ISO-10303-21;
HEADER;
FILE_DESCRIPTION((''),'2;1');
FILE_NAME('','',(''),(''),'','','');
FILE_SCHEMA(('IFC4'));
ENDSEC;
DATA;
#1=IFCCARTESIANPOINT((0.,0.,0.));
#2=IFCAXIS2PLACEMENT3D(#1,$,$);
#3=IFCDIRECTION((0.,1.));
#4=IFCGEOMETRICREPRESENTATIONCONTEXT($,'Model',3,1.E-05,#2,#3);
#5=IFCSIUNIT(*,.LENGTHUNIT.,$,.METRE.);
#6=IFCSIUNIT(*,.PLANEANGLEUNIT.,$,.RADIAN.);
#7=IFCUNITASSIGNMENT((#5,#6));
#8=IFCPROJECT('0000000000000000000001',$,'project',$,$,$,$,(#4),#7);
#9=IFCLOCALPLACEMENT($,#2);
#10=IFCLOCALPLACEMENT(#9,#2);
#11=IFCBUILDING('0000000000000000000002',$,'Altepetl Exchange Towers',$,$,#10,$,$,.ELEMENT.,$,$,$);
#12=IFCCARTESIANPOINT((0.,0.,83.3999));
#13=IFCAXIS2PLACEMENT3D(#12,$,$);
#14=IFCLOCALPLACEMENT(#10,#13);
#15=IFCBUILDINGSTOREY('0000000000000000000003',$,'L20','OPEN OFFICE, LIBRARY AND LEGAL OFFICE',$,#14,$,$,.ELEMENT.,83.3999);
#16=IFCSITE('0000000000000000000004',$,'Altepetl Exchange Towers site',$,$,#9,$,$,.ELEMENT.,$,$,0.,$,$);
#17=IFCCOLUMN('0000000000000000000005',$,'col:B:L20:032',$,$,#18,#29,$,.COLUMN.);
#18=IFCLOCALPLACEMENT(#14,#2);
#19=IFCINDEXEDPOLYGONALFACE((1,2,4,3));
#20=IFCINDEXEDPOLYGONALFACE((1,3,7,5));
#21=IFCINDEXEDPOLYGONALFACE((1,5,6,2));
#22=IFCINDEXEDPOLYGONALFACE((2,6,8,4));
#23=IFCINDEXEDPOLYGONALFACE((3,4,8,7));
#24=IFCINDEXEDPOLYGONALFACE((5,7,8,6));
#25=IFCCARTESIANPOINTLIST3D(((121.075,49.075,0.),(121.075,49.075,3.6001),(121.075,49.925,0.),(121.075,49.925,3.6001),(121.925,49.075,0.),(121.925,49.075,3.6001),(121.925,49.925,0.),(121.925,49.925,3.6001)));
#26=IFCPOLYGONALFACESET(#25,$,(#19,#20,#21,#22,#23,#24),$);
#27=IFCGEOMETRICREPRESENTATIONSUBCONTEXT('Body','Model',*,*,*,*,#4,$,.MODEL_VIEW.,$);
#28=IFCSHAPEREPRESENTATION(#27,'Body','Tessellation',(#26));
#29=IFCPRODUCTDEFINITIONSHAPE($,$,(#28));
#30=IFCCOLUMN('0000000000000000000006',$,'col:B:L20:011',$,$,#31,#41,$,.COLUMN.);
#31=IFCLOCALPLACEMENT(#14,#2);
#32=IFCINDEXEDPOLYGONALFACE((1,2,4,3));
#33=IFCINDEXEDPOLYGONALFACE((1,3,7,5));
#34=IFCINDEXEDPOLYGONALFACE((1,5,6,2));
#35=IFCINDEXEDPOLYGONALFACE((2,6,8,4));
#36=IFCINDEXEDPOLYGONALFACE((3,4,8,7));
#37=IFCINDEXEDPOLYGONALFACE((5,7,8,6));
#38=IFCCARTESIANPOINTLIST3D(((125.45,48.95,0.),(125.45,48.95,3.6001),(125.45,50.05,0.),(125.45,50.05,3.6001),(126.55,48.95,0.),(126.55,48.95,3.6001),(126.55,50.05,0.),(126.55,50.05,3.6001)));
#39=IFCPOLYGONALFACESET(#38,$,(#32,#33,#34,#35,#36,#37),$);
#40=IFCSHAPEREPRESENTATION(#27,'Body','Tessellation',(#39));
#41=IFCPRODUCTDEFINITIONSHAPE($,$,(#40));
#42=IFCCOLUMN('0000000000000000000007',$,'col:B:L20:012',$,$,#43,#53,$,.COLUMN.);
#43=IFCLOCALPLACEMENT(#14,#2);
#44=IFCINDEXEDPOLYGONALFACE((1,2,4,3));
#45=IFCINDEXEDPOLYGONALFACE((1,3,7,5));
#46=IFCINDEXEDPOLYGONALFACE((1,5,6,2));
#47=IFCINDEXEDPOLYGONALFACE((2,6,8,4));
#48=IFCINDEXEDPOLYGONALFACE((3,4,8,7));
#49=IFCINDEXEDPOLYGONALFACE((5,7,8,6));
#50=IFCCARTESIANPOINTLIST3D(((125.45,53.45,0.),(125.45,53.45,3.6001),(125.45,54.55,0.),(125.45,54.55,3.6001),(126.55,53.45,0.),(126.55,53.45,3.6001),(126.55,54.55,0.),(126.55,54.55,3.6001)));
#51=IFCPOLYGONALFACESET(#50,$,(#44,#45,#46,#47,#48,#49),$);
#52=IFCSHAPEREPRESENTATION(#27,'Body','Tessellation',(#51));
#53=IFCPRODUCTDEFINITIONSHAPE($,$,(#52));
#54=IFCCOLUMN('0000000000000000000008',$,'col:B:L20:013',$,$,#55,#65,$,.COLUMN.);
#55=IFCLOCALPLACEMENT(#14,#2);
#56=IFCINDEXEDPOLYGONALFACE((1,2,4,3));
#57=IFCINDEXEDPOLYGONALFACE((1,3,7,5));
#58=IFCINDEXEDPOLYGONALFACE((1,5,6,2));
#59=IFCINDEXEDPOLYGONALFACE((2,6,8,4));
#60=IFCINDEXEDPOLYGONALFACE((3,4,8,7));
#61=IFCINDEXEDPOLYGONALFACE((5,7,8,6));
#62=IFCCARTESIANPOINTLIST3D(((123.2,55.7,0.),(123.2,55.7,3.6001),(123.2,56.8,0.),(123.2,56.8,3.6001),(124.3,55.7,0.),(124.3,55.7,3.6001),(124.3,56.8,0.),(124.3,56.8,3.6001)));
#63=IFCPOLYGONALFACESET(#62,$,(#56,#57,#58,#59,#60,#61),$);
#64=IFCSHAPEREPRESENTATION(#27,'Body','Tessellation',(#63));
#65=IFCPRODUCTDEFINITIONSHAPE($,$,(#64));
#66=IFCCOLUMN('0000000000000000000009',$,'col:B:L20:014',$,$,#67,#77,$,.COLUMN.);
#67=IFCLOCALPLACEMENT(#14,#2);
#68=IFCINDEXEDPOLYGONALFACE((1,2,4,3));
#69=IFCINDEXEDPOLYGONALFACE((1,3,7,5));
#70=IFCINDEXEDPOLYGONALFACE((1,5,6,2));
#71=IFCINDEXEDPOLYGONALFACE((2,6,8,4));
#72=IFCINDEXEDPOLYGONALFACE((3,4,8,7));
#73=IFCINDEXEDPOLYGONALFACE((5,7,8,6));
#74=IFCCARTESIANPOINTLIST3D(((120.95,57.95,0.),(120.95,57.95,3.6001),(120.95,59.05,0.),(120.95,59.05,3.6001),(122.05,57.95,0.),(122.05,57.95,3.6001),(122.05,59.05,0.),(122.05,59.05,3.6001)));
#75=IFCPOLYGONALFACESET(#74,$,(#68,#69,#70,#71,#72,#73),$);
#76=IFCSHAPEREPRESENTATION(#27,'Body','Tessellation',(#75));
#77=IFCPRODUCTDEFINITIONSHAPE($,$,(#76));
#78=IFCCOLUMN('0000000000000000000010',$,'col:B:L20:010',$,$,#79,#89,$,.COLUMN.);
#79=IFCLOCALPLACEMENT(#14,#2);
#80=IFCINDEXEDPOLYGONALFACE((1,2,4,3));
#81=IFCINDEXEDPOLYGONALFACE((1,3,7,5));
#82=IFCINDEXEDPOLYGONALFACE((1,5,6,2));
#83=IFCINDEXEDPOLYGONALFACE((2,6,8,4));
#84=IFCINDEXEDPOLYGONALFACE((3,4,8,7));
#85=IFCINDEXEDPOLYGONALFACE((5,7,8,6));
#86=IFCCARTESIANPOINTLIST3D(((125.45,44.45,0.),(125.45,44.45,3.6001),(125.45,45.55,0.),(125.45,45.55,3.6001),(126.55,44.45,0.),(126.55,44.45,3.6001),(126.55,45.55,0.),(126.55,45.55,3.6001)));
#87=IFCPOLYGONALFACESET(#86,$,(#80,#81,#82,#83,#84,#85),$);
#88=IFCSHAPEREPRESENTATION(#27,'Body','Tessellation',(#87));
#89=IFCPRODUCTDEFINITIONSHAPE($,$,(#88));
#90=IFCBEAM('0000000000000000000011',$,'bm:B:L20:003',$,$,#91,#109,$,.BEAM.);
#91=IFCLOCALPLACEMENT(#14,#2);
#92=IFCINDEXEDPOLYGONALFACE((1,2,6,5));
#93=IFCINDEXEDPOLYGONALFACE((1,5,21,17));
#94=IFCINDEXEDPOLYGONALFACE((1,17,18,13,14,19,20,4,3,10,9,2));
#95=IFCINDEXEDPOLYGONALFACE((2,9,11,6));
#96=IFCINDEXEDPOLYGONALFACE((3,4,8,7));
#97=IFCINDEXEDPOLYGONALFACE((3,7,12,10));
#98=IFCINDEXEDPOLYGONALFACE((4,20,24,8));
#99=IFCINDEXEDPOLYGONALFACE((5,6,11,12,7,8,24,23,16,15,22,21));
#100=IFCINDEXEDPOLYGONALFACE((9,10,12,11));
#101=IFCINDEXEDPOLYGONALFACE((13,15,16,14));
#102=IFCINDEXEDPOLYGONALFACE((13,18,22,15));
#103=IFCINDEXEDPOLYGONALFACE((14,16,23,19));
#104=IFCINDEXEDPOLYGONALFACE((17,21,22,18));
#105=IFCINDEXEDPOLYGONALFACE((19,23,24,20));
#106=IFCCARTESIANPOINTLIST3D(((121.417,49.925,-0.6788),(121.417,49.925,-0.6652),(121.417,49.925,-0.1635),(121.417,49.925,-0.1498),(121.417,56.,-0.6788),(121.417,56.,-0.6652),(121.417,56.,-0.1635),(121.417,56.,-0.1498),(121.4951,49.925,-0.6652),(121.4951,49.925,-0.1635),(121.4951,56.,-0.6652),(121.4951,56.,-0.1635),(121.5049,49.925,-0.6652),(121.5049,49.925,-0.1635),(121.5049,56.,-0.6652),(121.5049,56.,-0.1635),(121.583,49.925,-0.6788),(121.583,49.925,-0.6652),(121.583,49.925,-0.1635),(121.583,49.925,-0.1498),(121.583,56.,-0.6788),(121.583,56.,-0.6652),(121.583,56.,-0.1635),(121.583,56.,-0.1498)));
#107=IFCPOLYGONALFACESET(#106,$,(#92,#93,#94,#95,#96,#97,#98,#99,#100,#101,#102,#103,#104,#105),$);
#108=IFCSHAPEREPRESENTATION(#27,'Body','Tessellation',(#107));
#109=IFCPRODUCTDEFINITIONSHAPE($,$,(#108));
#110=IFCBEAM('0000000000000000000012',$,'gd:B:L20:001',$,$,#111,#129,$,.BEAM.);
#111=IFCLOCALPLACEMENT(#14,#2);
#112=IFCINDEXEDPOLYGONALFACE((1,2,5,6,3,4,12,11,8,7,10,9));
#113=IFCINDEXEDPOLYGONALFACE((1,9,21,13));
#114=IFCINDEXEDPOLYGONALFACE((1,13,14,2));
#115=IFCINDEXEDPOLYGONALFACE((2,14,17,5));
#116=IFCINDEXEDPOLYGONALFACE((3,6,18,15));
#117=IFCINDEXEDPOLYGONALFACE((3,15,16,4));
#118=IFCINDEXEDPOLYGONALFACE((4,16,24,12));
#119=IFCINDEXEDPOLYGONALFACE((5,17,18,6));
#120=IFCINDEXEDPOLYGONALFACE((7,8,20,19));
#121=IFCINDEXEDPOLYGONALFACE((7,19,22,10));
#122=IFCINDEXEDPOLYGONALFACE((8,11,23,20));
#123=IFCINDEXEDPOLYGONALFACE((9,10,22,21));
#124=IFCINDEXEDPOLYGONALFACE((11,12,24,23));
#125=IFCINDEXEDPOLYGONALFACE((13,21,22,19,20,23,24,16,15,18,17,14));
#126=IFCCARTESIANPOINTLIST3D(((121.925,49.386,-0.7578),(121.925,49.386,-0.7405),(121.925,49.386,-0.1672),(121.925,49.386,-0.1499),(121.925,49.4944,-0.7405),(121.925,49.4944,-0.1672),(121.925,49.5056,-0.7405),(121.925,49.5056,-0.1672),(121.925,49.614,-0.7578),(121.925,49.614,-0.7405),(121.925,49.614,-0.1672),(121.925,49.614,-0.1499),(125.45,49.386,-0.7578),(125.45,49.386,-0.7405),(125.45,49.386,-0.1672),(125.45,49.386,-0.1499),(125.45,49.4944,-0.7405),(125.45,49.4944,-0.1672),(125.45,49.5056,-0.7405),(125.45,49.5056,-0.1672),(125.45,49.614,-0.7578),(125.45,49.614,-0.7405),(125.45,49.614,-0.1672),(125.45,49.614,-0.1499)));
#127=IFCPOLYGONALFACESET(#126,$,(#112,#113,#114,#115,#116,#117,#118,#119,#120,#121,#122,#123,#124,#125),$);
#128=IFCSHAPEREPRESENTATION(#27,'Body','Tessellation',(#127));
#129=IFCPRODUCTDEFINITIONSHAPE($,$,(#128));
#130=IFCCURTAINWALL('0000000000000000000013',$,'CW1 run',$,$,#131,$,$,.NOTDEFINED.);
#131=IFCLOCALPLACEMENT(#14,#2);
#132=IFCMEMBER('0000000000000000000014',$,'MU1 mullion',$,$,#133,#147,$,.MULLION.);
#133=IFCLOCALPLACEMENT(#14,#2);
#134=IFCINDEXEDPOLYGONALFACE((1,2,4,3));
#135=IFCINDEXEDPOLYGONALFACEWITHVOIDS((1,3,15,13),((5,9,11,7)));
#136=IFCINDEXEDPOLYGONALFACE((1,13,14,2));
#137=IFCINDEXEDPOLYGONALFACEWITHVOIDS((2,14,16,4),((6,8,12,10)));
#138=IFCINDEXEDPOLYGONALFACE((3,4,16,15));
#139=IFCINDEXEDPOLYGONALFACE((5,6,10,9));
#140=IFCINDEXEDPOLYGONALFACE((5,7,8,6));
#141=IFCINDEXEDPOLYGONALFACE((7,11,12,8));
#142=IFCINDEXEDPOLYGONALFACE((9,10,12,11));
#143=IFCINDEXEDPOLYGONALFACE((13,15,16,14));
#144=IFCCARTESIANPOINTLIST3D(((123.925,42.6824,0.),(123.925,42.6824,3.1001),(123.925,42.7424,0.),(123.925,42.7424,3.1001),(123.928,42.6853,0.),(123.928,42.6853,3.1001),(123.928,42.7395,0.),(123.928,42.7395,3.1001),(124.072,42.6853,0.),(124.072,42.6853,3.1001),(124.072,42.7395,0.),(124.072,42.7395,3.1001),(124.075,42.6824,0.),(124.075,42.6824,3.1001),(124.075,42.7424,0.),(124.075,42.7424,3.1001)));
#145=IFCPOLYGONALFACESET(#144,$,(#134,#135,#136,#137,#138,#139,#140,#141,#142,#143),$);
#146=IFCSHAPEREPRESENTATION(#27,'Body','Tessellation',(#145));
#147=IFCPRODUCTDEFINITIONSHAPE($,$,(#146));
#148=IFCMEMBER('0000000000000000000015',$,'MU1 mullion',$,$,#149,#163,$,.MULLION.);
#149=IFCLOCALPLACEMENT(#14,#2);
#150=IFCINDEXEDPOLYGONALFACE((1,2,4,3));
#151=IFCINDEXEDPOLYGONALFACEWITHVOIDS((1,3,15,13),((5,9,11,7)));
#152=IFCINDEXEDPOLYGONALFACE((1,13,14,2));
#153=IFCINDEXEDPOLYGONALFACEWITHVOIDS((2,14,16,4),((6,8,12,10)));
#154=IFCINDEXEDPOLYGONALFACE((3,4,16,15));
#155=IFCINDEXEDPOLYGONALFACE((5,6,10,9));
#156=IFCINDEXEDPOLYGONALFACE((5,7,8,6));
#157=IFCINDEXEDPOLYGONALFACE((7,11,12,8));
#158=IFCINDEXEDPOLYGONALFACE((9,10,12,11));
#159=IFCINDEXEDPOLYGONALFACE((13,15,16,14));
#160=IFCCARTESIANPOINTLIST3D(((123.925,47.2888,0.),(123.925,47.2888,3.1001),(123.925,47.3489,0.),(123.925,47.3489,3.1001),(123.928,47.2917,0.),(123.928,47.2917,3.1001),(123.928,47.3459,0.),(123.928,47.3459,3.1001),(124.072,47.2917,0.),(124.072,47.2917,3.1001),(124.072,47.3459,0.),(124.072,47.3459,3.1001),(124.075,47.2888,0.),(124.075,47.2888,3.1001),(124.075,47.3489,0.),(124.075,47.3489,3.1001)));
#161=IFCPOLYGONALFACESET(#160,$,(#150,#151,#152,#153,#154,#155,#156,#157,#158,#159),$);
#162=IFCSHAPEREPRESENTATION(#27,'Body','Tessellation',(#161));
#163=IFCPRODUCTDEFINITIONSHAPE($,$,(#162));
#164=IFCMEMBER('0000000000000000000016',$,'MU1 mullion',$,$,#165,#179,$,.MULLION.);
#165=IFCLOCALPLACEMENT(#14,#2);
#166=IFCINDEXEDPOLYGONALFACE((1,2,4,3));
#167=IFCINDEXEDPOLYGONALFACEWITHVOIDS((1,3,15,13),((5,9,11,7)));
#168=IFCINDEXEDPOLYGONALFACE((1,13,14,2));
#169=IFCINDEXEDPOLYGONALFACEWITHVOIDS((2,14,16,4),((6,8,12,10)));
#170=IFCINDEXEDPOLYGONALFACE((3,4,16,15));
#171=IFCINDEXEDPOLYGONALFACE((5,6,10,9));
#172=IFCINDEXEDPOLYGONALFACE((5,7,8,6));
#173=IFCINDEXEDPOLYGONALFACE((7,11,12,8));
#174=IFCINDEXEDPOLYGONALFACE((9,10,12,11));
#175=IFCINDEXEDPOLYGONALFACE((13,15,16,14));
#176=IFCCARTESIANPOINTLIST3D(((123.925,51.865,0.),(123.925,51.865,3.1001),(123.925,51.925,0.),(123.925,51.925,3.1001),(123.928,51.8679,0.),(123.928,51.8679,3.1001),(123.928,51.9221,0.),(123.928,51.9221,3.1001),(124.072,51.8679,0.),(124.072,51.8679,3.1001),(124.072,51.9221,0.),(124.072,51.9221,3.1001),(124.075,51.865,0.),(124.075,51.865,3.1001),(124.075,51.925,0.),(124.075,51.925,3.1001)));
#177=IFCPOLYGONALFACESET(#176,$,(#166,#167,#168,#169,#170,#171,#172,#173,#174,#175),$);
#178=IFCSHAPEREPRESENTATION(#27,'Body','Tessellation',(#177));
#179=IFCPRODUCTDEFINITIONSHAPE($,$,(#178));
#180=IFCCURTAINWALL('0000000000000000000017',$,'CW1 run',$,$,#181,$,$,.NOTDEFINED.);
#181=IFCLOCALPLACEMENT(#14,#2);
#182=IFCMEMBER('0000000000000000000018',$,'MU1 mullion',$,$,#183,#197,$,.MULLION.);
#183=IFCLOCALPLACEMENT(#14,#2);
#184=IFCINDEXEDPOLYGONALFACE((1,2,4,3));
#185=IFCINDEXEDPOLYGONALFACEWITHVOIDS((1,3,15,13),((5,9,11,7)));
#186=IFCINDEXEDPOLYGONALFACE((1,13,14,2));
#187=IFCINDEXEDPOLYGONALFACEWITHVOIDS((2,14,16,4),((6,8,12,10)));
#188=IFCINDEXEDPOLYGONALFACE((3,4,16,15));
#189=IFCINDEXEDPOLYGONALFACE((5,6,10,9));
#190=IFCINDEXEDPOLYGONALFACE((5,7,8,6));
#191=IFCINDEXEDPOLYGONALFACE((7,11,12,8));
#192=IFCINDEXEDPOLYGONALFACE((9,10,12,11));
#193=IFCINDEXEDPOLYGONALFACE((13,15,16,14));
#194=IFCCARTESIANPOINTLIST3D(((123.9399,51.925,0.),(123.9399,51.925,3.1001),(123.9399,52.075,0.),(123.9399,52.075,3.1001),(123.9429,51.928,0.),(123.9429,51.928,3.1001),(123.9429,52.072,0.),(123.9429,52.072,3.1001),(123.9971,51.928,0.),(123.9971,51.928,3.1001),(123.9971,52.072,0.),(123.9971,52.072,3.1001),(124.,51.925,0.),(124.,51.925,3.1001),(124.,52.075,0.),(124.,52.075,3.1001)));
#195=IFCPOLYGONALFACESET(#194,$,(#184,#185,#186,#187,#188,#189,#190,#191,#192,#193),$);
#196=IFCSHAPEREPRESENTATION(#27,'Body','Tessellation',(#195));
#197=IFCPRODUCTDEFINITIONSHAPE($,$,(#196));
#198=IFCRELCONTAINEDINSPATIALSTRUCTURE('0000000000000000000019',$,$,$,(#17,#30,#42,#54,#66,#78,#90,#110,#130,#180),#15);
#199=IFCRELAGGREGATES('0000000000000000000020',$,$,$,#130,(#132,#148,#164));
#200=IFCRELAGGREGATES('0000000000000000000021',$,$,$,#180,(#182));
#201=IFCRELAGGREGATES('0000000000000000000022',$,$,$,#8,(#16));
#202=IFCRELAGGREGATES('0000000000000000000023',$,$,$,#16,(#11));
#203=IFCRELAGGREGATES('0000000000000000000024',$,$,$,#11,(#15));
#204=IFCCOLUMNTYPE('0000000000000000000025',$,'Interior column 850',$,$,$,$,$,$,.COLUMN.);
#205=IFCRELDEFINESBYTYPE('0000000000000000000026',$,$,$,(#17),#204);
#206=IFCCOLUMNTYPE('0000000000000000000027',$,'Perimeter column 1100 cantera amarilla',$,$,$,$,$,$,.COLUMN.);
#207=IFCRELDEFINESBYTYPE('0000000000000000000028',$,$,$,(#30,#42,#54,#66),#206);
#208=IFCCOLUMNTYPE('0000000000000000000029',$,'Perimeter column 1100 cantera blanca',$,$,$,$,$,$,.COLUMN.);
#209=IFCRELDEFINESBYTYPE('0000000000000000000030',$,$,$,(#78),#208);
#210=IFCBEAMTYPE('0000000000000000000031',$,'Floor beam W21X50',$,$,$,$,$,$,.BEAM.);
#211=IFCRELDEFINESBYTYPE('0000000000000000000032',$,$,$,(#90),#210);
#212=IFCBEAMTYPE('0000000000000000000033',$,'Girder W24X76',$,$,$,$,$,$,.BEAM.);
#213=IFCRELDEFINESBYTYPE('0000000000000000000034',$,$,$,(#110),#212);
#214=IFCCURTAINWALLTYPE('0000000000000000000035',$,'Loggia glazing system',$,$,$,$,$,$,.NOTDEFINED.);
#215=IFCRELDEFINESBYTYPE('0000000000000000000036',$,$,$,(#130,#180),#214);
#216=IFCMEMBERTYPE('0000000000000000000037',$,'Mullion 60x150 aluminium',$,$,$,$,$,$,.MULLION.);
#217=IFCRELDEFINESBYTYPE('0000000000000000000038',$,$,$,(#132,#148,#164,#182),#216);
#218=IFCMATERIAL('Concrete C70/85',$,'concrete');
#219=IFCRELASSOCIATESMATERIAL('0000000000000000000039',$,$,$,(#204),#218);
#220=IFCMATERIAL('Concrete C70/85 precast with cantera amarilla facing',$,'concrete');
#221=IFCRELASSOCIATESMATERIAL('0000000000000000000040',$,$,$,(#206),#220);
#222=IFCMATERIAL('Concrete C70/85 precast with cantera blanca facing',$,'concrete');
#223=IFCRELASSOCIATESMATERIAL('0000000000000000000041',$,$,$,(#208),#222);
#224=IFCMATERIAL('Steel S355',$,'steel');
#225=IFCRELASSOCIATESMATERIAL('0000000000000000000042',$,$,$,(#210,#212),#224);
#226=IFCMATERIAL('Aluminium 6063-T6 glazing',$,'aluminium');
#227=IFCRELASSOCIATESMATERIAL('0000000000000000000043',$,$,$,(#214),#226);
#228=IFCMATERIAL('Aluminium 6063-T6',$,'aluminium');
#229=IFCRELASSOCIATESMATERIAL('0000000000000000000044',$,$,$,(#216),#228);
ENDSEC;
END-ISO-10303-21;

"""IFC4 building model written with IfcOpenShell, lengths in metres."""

from ifc_helpers import new_model, si_unit, direction, frame, origin, origin_2d, place, context, subcontext, project, spatial, rectangle, hollow_rectangle, i_section, extrude, material, material_profile, profile_set, type_object, element, aggregate, save


model = new_model("IFC4")

# Units and contexts
model_context = context("Model", 3, precision=1e-05, world=origin(), true_north=direction((0.0, 1.0)))
body_context = subcontext(model_context, "Body", "Model", "MODEL_VIEW")
ifc_project = project(units=[si_unit("LENGTHUNIT", "METRE"), si_unit("PLANEANGLEUNIT", "RADIAN")], contexts=[model_context])

# Site, building, storey
site_placement = place(None, origin())
site = spatial("IfcSite", under=ifc_project, at=site_placement, Name="Altepetl Exchange Towers site", CompositionType="ELEMENT", RefElevation=0.0)
building_placement = place(site_placement, origin())
building = spatial("IfcBuilding", under=site, at=building_placement, Name="Altepetl Exchange Towers", CompositionType="ELEMENT")
storey_placement = place(building_placement, frame((0.0, 0.0, 83.3999)))
storey = spatial("IfcBuildingStorey", under=building, at=storey_placement, Name="L20", Description="OPEN OFFICE, LIBRARY AND LEGAL OFFICE", CompositionType="ELEMENT", Elevation=83.3999)

# Columns
ifc_material_1 = material(Name="Concrete C70/85", Category="concrete")
ifc_material_profile_1 = material_profile(ifc_material_1, rectangle(XDim=0.8501, YDim=0.8501, at=origin_2d()), Name="850 x 850")
ifc_profile_set_1 = profile_set([ifc_material_profile_1], Name="Concrete C70/85")
column_type_1 = type_object("IfcColumnType", Name="Interior column 850", PredefinedType="COLUMN", material=ifc_profile_set_1)
column_1_placement = place(storey_placement, frame((121.5, 49.5, 0.0)))
element("IfcColumn", 1, at=column_1_placement, inside=storey, type_object=column_type_1, Name="col:B:L20:032", PredefinedType="COLUMN", context=body_context, shape_type="SweptSolid", body=[
    extrude(rectangle(XDim=0.8501, YDim=0.8501, at=origin_2d()), origin(), (0.0, 0.0, 1.0), 3.6001),
])
ifc_material_2 = material(Name="Concrete C70/85 precast with cantera amarilla facing", Category="concrete")
ifc_material_profile_2 = material_profile(ifc_material_2, rectangle(XDim=1.1001, YDim=1.1001, at=origin_2d()), Name="1100 x 1100")
ifc_profile_set_2 = profile_set([ifc_material_profile_2], Name="Concrete C70/85 precast with cantera amarilla facing")
column_type_2 = type_object("IfcColumnType", Name="Perimeter column 1100 cantera amarilla", PredefinedType="COLUMN", material=ifc_profile_set_2)
for number, where, name in (
    (2, (126.0, 49.5, 0.0), "col:B:L20:011"),
    (3, (126.0, 54.0, 0.0), "col:B:L20:012"),
    (4, (123.75, 56.25, 0.0), "col:B:L20:013"),
    (5, (121.5, 58.5, 0.0), "col:B:L20:014"),
):
    element("IfcColumn", number, at=place(storey_placement, frame(where)), inside=storey, type_object=column_type_2, Name=name, PredefinedType="COLUMN", context=body_context, shape_type="SweptSolid", body=[
        extrude(rectangle(XDim=1.1001, YDim=1.1001, at=origin_2d()), origin(), (0.0, 0.0, 1.0), 3.6001),
    ])
ifc_material_3 = material(Name="Concrete C70/85 precast with cantera blanca facing", Category="concrete")
ifc_material_profile_3 = material_profile(ifc_material_3, rectangle(XDim=1.1001, YDim=1.1001, at=origin_2d()), Name="1100 x 1100")
ifc_profile_set_3 = profile_set([ifc_material_profile_3], Name="Concrete C70/85 precast with cantera blanca facing")
column_type_3 = type_object("IfcColumnType", Name="Perimeter column 1100 cantera blanca", PredefinedType="COLUMN", material=ifc_profile_set_3)
column_2_placement = place(storey_placement, frame((126.0, 45.0, 0.0)))
element("IfcColumn", 6, at=column_2_placement, inside=storey, type_object=column_type_3, Name="col:B:L20:010", PredefinedType="COLUMN", context=body_context, shape_type="SweptSolid", body=[
    extrude(rectangle(XDim=1.1001, YDim=1.1001, at=origin_2d()), origin(), (0.0, 0.0, 1.0), 3.6001),
])

# Beams
ifc_material_4 = material(Name="Steel S355", Category="steel")
ifc_material_profile_4 = material_profile(ifc_material_4, i_section(OverallWidth=0.166, OverallDepth=0.5291, WebThickness=0.0098, FlangeThickness=0.0137, at=origin_2d()), Name="W21X50")
ifc_profile_set_4 = profile_set([ifc_material_profile_4], Name="Steel S355")
beam_type_1 = type_object("IfcBeamType", Name="Floor beam W21X50", PredefinedType="BEAM", material=ifc_profile_set_4)
beam_1_placement = place(storey_placement, frame((121.5, 49.925, -0.4143), z_axis=(0.0, 1.0, 0.0), x_axis=(-1.0, 0.0, 0.0)))
element("IfcBeam", 7, at=beam_1_placement, inside=storey, type_object=beam_type_1, Name="bm:B:L20:003", PredefinedType="BEAM", context=body_context, shape_type="SweptSolid", body=[
    extrude(i_section(OverallWidth=0.166, OverallDepth=0.5291, WebThickness=0.0098, FlangeThickness=0.0137, at=origin_2d()), origin(), (0.0, 0.0, 1.0), 6.075),
])
ifc_material_profile_5 = material_profile(ifc_material_4, i_section(OverallWidth=0.228, OverallDepth=0.6079, WebThickness=0.0112, FlangeThickness=0.0173, at=origin_2d()), Name="W24X76")
ifc_profile_set_5 = profile_set([ifc_material_profile_5], Name="Steel S355")
beam_type_2 = type_object("IfcBeamType", Name="Girder W24X76", PredefinedType="BEAM", material=ifc_profile_set_5)
beam_2_placement = place(storey_placement, frame((121.925, 49.5, -0.4539), z_axis=(1.0, 0.0, 0.0), x_axis=(0.0, 1.0, 0.0)))
element("IfcBeam", 8, at=beam_2_placement, inside=storey, type_object=beam_type_2, Name="gd:B:L20:001", PredefinedType="BEAM", context=body_context, shape_type="SweptSolid", body=[
    extrude(i_section(OverallWidth=0.228, OverallDepth=0.6079, WebThickness=0.0112, FlangeThickness=0.0173, at=origin_2d()), origin(), (0.0, 0.0, 1.0), 3.5249),
])

# Curtain walls, members
ifc_material_5 = material(Name="Aluminium 6063-T6 glazing", Category="aluminium")
curtain_wall_type = type_object("IfcCurtainWallType", Name="Loggia glazing system", PredefinedType="NOTDEFINED", material=ifc_material_5)
curtain_wall_1_placement = place(storey_placement, origin())
curtain_wall_1 = element("IfcCurtainWall", 9, at=curtain_wall_1_placement, inside=storey, type_object=curtain_wall_type, Name="CW1 run", PredefinedType="NOTDEFINED")
ifc_material_6 = material(Name="Aluminium 6063-T6", Category="aluminium")
ifc_material_profile_6 = material_profile(ifc_material_6, hollow_rectangle(XDim=0.0601, YDim=0.1499, WallThickness=0.0029, at=origin_2d()), Name="Mullion 60x150 aluminium")
ifc_profile_set_6 = profile_set([ifc_material_profile_6], Name="Aluminium 6063-T6")
member_type = type_object("IfcMemberType", Name="Mullion 60x150 aluminium", PredefinedType="MULLION", material=ifc_profile_set_6)
member_1_placement = place(storey_placement, frame((124.0, 42.7124, 0.0), z_axis=(0.0, 0.0, 1.0), x_axis=(0.0, 1.0, 0.0)))
member_1 = element("IfcMember", 10, at=member_1_placement, type_object=member_type, Name="MU1 mullion", PredefinedType="MULLION", context=body_context, shape_type="SweptSolid", body=[
    extrude(hollow_rectangle(XDim=0.0601, YDim=0.1499, WallThickness=0.0029, at=origin_2d()), origin(), (0.0, 0.0, 1.0), 3.1001),
])
member_2_placement = place(storey_placement, frame((124.0, 47.3188, 0.0), z_axis=(0.0, 0.0, 1.0), x_axis=(0.0, 1.0, 0.0)))
member_2 = element("IfcMember", 11, at=member_2_placement, type_object=member_type, Name="MU1 mullion", PredefinedType="MULLION", context=body_context, shape_type="SweptSolid", body=[
    extrude(hollow_rectangle(XDim=0.0601, YDim=0.1499, WallThickness=0.0029, at=origin_2d()), origin(), (0.0, 0.0, 1.0), 3.1001),
])
member_3_placement = place(storey_placement, frame((124.0, 51.895, 0.0), z_axis=(0.0, 0.0, 1.0), x_axis=(0.0, 1.0, 0.0)))
member_3 = element("IfcMember", 12, at=member_3_placement, type_object=member_type, Name="MU1 mullion", PredefinedType="MULLION", context=body_context, shape_type="SweptSolid", body=[
    extrude(hollow_rectangle(XDim=0.0601, YDim=0.1499, WallThickness=0.0029, at=origin_2d()), origin(), (0.0, 0.0, 1.0), 3.1001),
])
curtain_wall_2_placement = place(storey_placement, origin())
curtain_wall_2 = element("IfcCurtainWall", 13, at=curtain_wall_2_placement, inside=storey, type_object=curtain_wall_type, Name="CW1 run", PredefinedType="NOTDEFINED")
member_4_placement = place(storey_placement, frame((123.97, 52.0, 0.0), z_axis=(0.0, 0.0, 1.0), x_axis=(-1.0, 0.0, 0.0)))
member_4 = element("IfcMember", 14, at=member_4_placement, type_object=member_type, Name="MU1 mullion", PredefinedType="MULLION", context=body_context, shape_type="SweptSolid", body=[
    extrude(hollow_rectangle(XDim=0.0601, YDim=0.1499, WallThickness=0.0029, at=origin_2d()), origin(), (0.0, 0.0, 1.0), 3.1001),
])

aggregate(curtain_wall_1, [member_1, member_2, member_3])
aggregate(curtain_wall_2, [member_4])

save(model, "model.ifc")
